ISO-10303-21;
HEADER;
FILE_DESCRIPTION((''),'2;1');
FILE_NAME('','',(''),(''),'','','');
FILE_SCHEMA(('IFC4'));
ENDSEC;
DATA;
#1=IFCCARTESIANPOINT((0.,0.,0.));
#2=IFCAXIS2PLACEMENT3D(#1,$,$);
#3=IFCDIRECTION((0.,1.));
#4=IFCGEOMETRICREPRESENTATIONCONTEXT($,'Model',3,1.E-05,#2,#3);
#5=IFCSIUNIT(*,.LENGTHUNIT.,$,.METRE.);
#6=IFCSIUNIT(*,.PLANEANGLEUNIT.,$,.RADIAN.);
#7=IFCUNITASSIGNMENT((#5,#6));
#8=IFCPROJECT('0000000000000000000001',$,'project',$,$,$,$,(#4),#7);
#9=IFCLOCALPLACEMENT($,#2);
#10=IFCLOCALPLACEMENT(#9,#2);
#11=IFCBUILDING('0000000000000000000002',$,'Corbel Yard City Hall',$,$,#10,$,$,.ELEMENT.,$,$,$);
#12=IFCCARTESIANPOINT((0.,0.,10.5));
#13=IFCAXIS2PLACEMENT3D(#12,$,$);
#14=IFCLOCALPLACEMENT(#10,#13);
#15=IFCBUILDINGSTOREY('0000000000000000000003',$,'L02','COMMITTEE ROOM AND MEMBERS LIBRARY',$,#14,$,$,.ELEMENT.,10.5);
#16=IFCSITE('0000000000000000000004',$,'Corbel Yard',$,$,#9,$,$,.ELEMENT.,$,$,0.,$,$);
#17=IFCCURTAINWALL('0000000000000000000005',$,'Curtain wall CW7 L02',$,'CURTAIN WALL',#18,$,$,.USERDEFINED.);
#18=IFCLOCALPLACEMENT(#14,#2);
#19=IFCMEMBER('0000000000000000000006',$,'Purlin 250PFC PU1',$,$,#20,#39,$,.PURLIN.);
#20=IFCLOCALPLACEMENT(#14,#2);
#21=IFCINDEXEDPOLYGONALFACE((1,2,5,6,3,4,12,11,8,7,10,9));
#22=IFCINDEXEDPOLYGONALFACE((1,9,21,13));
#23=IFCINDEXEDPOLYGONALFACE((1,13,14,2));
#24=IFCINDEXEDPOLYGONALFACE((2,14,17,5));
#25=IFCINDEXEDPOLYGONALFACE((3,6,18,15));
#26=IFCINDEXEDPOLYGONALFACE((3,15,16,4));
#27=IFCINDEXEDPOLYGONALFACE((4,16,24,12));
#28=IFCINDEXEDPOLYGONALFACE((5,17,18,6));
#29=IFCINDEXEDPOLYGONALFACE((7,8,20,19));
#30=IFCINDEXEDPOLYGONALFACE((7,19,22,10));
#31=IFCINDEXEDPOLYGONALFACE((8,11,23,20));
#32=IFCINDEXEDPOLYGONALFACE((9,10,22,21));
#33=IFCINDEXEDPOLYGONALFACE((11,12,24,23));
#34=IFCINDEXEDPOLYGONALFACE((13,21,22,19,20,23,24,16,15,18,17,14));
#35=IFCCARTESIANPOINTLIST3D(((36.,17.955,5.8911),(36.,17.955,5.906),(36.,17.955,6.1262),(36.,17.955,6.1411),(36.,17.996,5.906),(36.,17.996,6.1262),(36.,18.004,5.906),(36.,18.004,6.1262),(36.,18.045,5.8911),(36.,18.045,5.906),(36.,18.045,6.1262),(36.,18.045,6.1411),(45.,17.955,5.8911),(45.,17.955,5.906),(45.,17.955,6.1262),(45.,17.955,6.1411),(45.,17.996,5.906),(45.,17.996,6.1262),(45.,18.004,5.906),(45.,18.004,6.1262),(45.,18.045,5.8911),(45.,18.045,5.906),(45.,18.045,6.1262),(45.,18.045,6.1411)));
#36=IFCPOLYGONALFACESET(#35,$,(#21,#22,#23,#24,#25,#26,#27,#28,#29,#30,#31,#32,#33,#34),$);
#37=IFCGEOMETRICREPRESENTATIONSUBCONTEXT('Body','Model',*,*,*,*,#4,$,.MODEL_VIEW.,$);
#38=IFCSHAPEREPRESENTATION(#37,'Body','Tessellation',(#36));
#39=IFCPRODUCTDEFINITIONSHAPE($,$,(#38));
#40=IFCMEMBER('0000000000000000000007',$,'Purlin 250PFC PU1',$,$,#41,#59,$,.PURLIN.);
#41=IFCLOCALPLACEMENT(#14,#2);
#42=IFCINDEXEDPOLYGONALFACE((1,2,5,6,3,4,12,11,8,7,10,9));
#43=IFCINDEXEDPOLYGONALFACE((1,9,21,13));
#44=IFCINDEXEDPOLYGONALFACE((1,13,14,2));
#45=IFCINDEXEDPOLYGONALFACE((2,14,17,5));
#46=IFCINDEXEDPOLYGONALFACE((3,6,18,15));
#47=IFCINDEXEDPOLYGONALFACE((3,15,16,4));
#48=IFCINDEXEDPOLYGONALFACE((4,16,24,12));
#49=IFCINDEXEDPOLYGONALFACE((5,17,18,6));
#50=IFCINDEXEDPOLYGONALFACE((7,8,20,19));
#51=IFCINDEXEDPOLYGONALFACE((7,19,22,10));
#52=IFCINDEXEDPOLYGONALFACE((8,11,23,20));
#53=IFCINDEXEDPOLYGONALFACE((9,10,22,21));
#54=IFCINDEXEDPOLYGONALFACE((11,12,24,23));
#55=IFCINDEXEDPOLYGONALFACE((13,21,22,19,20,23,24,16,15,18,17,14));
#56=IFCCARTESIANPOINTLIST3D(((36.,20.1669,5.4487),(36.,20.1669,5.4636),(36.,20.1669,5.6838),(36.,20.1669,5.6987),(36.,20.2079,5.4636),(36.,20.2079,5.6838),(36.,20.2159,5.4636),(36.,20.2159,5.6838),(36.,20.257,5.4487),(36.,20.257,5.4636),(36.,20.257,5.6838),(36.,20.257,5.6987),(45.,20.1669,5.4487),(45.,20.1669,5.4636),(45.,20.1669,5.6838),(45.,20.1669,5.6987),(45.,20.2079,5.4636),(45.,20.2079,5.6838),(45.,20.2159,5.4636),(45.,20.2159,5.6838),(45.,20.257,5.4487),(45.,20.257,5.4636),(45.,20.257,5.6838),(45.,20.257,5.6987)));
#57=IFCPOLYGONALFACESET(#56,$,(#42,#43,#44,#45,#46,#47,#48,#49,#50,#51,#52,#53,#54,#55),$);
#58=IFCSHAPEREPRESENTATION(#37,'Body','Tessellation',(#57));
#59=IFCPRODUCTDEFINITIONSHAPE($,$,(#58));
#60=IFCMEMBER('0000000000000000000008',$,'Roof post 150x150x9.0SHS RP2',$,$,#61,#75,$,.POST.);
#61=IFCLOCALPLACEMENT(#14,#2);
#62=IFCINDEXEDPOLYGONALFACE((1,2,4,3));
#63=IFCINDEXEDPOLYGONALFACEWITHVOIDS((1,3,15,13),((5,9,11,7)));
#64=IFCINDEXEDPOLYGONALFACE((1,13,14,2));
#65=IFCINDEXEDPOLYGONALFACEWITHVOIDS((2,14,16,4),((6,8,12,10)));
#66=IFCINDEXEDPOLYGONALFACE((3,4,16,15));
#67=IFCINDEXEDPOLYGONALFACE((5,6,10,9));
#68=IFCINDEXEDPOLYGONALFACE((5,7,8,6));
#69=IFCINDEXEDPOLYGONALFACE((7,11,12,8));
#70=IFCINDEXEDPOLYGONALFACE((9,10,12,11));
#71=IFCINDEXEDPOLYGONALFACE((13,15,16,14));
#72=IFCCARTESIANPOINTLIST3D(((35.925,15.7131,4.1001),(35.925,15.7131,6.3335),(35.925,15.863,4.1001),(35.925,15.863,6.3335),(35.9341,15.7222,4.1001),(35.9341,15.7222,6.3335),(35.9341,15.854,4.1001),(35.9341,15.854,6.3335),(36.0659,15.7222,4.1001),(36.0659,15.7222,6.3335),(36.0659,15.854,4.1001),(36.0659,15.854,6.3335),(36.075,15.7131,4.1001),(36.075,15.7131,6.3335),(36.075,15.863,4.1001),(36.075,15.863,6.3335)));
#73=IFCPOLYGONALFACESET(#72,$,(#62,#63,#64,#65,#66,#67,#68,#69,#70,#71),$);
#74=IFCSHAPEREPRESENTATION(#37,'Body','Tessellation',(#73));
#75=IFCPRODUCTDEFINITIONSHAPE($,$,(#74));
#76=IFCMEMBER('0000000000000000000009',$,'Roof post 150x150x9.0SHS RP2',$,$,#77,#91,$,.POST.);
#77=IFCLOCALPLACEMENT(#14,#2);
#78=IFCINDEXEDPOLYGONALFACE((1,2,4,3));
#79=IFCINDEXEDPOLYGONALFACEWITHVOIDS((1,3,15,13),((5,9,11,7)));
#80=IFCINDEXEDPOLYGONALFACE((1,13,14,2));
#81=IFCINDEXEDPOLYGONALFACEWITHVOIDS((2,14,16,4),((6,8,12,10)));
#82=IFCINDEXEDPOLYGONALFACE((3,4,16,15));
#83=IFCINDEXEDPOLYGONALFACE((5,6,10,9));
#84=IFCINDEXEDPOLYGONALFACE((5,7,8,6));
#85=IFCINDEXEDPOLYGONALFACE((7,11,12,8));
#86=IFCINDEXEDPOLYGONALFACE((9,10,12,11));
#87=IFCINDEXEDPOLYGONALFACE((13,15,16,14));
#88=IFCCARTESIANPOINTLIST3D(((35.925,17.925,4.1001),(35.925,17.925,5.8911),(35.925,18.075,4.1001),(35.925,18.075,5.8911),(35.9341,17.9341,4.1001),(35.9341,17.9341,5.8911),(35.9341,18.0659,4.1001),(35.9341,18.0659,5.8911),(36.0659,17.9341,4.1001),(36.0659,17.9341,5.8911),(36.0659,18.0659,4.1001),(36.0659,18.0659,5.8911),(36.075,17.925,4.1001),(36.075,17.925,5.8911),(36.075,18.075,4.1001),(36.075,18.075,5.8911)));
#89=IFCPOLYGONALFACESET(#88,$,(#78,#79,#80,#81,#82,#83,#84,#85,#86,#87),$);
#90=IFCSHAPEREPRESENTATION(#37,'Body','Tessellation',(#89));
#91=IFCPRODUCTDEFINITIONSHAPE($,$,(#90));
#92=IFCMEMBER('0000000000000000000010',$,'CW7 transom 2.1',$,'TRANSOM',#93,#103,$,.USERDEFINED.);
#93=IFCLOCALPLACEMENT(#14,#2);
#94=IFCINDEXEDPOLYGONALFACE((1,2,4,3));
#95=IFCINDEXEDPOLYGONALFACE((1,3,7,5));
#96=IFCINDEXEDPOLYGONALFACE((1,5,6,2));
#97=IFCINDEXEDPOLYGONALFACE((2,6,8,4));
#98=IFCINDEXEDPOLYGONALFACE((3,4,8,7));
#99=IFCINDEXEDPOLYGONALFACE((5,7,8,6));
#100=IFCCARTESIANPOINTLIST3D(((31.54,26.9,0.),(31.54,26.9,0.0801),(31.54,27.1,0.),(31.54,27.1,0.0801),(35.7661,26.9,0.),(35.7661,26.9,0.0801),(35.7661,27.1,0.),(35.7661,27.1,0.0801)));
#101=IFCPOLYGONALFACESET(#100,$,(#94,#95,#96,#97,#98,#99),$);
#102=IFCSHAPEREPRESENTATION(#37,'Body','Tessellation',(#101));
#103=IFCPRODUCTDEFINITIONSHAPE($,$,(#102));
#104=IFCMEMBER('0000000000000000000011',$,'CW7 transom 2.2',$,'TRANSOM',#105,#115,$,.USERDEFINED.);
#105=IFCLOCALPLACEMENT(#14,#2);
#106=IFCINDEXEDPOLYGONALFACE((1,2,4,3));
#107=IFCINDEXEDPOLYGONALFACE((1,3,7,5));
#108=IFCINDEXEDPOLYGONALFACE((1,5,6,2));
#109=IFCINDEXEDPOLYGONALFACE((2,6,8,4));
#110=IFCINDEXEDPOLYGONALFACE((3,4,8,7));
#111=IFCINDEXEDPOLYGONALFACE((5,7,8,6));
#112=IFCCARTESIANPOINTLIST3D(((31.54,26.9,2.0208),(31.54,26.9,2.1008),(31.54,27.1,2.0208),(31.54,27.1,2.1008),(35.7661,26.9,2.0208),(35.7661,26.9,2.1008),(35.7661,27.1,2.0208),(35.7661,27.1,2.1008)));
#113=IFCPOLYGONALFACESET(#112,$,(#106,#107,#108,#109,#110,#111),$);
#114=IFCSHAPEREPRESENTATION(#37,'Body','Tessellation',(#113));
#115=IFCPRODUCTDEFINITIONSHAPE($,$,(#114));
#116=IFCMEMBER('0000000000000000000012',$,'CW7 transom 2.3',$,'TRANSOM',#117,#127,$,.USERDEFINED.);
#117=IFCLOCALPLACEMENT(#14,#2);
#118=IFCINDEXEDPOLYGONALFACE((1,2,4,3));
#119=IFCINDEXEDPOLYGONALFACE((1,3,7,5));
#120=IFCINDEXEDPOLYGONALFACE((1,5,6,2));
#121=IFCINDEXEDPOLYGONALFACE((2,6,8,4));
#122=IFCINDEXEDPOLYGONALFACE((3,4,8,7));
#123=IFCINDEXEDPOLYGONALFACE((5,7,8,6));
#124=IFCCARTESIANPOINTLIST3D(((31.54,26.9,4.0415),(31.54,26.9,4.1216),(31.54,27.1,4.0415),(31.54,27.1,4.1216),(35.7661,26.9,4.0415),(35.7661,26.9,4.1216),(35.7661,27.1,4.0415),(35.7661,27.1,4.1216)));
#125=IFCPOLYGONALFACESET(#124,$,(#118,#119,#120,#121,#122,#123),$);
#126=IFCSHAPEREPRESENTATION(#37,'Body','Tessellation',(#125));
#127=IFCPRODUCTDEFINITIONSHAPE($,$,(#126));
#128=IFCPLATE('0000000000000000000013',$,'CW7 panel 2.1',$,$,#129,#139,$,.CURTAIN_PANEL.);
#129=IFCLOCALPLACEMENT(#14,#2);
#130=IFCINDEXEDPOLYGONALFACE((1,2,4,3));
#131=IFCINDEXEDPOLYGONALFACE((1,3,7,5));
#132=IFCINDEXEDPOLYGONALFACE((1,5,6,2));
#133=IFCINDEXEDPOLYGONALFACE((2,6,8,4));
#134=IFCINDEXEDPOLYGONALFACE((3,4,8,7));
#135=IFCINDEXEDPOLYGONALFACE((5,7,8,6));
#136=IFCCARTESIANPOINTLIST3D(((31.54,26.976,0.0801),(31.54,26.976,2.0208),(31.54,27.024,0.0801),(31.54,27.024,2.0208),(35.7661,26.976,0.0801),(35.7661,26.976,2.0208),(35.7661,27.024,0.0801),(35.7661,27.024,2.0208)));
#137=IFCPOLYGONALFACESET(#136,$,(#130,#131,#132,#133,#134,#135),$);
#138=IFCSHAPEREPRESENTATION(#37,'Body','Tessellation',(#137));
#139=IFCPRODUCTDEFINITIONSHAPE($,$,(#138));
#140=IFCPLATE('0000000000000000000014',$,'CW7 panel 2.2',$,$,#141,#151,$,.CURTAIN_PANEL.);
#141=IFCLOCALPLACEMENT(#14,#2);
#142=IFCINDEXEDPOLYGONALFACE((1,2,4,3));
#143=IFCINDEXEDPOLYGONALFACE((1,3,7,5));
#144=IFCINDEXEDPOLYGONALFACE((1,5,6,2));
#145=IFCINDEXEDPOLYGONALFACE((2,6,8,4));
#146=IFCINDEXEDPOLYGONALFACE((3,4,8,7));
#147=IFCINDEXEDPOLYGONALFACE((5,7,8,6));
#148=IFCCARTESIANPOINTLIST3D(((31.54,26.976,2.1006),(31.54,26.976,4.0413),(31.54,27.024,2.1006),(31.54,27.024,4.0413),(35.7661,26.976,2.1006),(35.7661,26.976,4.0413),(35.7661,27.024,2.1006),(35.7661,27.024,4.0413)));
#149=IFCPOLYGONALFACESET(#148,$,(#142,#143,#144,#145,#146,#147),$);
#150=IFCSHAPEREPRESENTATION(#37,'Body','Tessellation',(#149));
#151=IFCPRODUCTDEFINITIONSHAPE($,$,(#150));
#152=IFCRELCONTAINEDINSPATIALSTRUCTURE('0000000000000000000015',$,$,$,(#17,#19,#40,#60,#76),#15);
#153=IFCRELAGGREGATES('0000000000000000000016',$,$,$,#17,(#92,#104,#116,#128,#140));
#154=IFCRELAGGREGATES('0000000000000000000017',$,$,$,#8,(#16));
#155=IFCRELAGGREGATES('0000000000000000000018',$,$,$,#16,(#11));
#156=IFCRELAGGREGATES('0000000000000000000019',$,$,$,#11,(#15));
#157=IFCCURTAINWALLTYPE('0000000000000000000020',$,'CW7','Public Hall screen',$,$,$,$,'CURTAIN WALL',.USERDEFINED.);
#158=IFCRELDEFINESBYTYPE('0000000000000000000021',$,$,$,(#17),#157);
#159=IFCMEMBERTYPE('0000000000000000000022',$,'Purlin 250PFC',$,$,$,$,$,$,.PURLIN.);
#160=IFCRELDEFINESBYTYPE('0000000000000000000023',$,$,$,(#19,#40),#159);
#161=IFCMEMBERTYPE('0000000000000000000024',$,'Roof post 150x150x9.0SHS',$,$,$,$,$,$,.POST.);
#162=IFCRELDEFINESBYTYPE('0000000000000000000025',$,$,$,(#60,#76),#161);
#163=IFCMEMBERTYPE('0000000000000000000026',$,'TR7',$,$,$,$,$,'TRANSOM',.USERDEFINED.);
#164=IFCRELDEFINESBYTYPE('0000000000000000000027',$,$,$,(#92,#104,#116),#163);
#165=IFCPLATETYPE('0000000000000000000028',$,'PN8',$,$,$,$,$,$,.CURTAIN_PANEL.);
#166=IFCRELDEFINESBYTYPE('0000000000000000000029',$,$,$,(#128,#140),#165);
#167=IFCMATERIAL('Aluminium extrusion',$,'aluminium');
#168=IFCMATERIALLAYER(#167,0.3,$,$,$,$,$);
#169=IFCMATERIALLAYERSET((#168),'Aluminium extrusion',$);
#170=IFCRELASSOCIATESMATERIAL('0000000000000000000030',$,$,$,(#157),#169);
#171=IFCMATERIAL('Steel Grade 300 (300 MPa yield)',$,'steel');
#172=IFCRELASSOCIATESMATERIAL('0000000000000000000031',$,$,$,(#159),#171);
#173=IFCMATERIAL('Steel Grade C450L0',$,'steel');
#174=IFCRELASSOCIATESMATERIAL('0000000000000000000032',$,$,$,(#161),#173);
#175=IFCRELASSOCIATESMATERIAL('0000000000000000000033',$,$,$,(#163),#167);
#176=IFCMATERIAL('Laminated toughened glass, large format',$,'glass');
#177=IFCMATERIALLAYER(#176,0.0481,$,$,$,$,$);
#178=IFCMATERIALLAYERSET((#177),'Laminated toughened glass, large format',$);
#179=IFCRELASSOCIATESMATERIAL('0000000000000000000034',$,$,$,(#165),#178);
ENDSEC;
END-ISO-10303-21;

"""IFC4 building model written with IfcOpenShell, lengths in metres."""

from ifc_helpers import new_model, si_unit, direction, frame, origin, origin_2d, place, context, subcontext, project, spatial, rectangle, hollow_rectangle, i_section, extrude, material, layer, layer_set, material_profile, profile_set, type_object, element, aggregate, save


model = new_model("IFC4")

# Units and contexts
model_context = context("Model", 3, precision=1e-05, world=origin(), true_north=direction((0.0, 1.0)))
body_context = subcontext(model_context, "Body", "Model", "MODEL_VIEW")
ifc_project = project(units=[si_unit("LENGTHUNIT", "METRE"), si_unit("PLANEANGLEUNIT", "RADIAN")], contexts=[model_context])

# Site, building, storey
site_placement = place(None, origin())
site = spatial("IfcSite", under=ifc_project, at=site_placement, Name="Corbel Yard", CompositionType="ELEMENT", RefElevation=0.0)
building_placement = place(site_placement, origin())
building = spatial("IfcBuilding", under=site, at=building_placement, Name="Corbel Yard City Hall", CompositionType="ELEMENT")
storey_placement = place(building_placement, frame((0.0, 0.0, 10.5)))
storey = spatial("IfcBuildingStorey", under=building, at=storey_placement, Name="L02", Description="COMMITTEE ROOM AND MEMBERS LIBRARY", CompositionType="ELEMENT", Elevation=10.5)

# Curtain wall
ifc_material_1 = material(Name="Aluminium extrusion", Category="aluminium")
ifc_layer_1 = layer(ifc_material_1, 0.3)
ifc_layer_set_1 = layer_set([ifc_layer_1], Name="Aluminium extrusion")
curtain_wall_type = type_object("IfcCurtainWallType", Name="CW7", Description="Public Hall screen", ElementType="CURTAIN WALL", PredefinedType="USERDEFINED", material=ifc_layer_set_1)
curtain_wall_placement = place(storey_placement, origin())
curtain_wall = element("IfcCurtainWall", 1, at=curtain_wall_placement, inside=storey, type_object=curtain_wall_type, Name="Curtain wall CW7 L02", ObjectType="CURTAIN WALL", PredefinedType="USERDEFINED")

# Members
ifc_material_2 = material(Name="Steel Grade 300 (300 MPa yield)", Category="steel")
ifc_material_profile_1 = material_profile(ifc_material_2, i_section(OverallWidth=0.0901, OverallDepth=0.25, WebThickness=0.0081, FlangeThickness=0.0149, at=origin_2d()), Name="250PFC")
ifc_profile_set_1 = profile_set([ifc_material_profile_1], Name="Steel Grade 300 (300 MPa yield)")
member_type_1 = type_object("IfcMemberType", Name="Purlin 250PFC", PredefinedType="PURLIN", material=ifc_profile_set_1)
for number, where, z_axis, x_axis, name in (
    (2, (36.0, 18.0, 6.0161), (1.0, 0.0, 0.0), (0.0, 1.0, 0.0), "Purlin 250PFC PU1"),
    (3, (36.0, 20.2119, 5.5737), (1.0, 0.0, 0.0), (0.0, 1.0, 0.0), "Purlin 250PFC PU1"),
):
    element("IfcMember", number, at=place(storey_placement, frame(where, z_axis=z_axis, x_axis=x_axis)), inside=storey, type_object=member_type_1, Name=name, PredefinedType="PURLIN", context=body_context, shape_type="SweptSolid", body=[
        extrude(i_section(OverallWidth=0.0901, OverallDepth=0.25, WebThickness=0.0081, FlangeThickness=0.0149, at=origin_2d()), origin(), (0.0, 0.0, 1.0), 9.0),
    ])
ifc_material_3 = material(Name="Steel Grade C450L0", Category="steel")
ifc_material_profile_2 = material_profile(ifc_material_3, hollow_rectangle(XDim=0.1499, YDim=0.1499, WallThickness=0.009, at=origin_2d()), Name="150x150x9.0SHS")
ifc_profile_set_2 = profile_set([ifc_material_profile_2], Name="Steel Grade C450L0")
member_type_2 = type_object("IfcMemberType", Name="Roof post 150x150x9.0SHS", PredefinedType="POST", material=ifc_profile_set_2)
member_1_placement = place(storey_placement, frame((36.0, 15.7881, 4.1001), z_axis=(0.0, 0.0, 1.0), x_axis=(1.0, 0.0, 0.0)))
element("IfcMember", 4, at=member_1_placement, inside=storey, type_object=member_type_2, Name="Roof post 150x150x9.0SHS RP2", PredefinedType="POST", context=body_context, shape_type="SweptSolid", body=[
    extrude(hollow_rectangle(XDim=0.1499, YDim=0.1499, WallThickness=0.009, at=origin_2d()), origin(), (0.0, 0.0, 1.0), 2.2334),
])
member_2_placement = place(storey_placement, frame((36.0, 18.0, 4.1001), z_axis=(0.0, 0.0, 1.0), x_axis=(1.0, 0.0, 0.0)))
element("IfcMember", 5, at=member_2_placement, inside=storey, type_object=member_type_2, Name="Roof post 150x150x9.0SHS RP2", PredefinedType="POST", context=body_context, shape_type="SweptSolid", body=[
    extrude(hollow_rectangle(XDim=0.1499, YDim=0.1499, WallThickness=0.009, at=origin_2d()), origin(), (0.0, 0.0, 1.0), 1.791),
])

# Members
ifc_material_profile_3 = material_profile(ifc_material_1, rectangle(XDim=0.2, YDim=0.0801, at=origin_2d()), Name="200x80")
ifc_profile_set_3 = profile_set([ifc_material_profile_3], Name="Aluminium extrusion")
member_type_3 = type_object("IfcMemberType", Name="TR7", ElementType="TRANSOM", PredefinedType="USERDEFINED", material=ifc_profile_set_3)
member_3_placement = place(storey_placement, frame((31.54, 27.0, 0.04), z_axis=(1.0, 0.0, 0.0), x_axis=(0.0, 1.0, 0.0)))
member_3 = element("IfcMember", 6, at=member_3_placement, type_object=member_type_3, Name="CW7 transom 2.1", ObjectType="TRANSOM", PredefinedType="USERDEFINED", context=body_context, shape_type="SweptSolid", body=[
    extrude(rectangle(XDim=0.2, YDim=0.0801, at=origin_2d()), origin(), (0.0, 0.0, 1.0), 4.2261),
])
member_4_placement = place(storey_placement, frame((31.54, 27.0, 2.0608), z_axis=(1.0, 0.0, 0.0), x_axis=(0.0, 1.0, 0.0)))
member_4 = element("IfcMember", 7, at=member_4_placement, type_object=member_type_3, Name="CW7 transom 2.2", ObjectType="TRANSOM", PredefinedType="USERDEFINED", context=body_context, shape_type="SweptSolid", body=[
    extrude(rectangle(XDim=0.2, YDim=0.0801, at=origin_2d()), origin(), (0.0, 0.0, 1.0), 4.2261),
])
member_5_placement = place(storey_placement, frame((31.54, 27.0, 4.0815), z_axis=(1.0, 0.0, 0.0), x_axis=(0.0, 1.0, 0.0)))
member_5 = element("IfcMember", 8, at=member_5_placement, type_object=member_type_3, Name="CW7 transom 2.3", ObjectType="TRANSOM", PredefinedType="USERDEFINED", context=body_context, shape_type="SweptSolid", body=[
    extrude(rectangle(XDim=0.2, YDim=0.0801, at=origin_2d()), origin(), (0.0, 0.0, 1.0), 4.2261),
])

# Plates
ifc_material_4 = material(Name="Laminated toughened glass, large format", Category="glass")
ifc_layer_2 = layer(ifc_material_4, 0.0481)
ifc_layer_set_2 = layer_set([ifc_layer_2], Name="Laminated toughened glass, large format")
plate_type = type_object("IfcPlateType", Name="PN8", PredefinedType="CURTAIN_PANEL", material=ifc_layer_set_2)
plate_1_placement = place(storey_placement, frame((33.6531, 27.0, 0.0801), z_axis=(0.0, 0.0, 1.0), x_axis=(1.0, 0.0, 0.0)))
plate_1 = element("IfcPlate", 9, at=plate_1_placement, type_object=plate_type, Name="CW7 panel 2.1", PredefinedType="CURTAIN_PANEL", context=body_context, shape_type="SweptSolid", body=[
    extrude(rectangle(XDim=4.2261, YDim=0.0481, at=origin_2d()), origin(), (0.0, 0.0, 1.0), 1.9407),
])
plate_2_placement = place(storey_placement, frame((33.6531, 27.0, 2.1006), z_axis=(0.0, 0.0, 1.0), x_axis=(1.0, 0.0, 0.0)))
plate_2 = element("IfcPlate", 10, at=plate_2_placement, type_object=plate_type, Name="CW7 panel 2.2", PredefinedType="CURTAIN_PANEL", context=body_context, shape_type="SweptSolid", body=[
    extrude(rectangle(XDim=4.2261, YDim=0.0481, at=origin_2d()), origin(), (0.0, 0.0, 1.0), 1.9407),
])
aggregate(curtain_wall, [member_3, member_4, member_5, plate_1, plate_2])

save(model, "model.ifc")
